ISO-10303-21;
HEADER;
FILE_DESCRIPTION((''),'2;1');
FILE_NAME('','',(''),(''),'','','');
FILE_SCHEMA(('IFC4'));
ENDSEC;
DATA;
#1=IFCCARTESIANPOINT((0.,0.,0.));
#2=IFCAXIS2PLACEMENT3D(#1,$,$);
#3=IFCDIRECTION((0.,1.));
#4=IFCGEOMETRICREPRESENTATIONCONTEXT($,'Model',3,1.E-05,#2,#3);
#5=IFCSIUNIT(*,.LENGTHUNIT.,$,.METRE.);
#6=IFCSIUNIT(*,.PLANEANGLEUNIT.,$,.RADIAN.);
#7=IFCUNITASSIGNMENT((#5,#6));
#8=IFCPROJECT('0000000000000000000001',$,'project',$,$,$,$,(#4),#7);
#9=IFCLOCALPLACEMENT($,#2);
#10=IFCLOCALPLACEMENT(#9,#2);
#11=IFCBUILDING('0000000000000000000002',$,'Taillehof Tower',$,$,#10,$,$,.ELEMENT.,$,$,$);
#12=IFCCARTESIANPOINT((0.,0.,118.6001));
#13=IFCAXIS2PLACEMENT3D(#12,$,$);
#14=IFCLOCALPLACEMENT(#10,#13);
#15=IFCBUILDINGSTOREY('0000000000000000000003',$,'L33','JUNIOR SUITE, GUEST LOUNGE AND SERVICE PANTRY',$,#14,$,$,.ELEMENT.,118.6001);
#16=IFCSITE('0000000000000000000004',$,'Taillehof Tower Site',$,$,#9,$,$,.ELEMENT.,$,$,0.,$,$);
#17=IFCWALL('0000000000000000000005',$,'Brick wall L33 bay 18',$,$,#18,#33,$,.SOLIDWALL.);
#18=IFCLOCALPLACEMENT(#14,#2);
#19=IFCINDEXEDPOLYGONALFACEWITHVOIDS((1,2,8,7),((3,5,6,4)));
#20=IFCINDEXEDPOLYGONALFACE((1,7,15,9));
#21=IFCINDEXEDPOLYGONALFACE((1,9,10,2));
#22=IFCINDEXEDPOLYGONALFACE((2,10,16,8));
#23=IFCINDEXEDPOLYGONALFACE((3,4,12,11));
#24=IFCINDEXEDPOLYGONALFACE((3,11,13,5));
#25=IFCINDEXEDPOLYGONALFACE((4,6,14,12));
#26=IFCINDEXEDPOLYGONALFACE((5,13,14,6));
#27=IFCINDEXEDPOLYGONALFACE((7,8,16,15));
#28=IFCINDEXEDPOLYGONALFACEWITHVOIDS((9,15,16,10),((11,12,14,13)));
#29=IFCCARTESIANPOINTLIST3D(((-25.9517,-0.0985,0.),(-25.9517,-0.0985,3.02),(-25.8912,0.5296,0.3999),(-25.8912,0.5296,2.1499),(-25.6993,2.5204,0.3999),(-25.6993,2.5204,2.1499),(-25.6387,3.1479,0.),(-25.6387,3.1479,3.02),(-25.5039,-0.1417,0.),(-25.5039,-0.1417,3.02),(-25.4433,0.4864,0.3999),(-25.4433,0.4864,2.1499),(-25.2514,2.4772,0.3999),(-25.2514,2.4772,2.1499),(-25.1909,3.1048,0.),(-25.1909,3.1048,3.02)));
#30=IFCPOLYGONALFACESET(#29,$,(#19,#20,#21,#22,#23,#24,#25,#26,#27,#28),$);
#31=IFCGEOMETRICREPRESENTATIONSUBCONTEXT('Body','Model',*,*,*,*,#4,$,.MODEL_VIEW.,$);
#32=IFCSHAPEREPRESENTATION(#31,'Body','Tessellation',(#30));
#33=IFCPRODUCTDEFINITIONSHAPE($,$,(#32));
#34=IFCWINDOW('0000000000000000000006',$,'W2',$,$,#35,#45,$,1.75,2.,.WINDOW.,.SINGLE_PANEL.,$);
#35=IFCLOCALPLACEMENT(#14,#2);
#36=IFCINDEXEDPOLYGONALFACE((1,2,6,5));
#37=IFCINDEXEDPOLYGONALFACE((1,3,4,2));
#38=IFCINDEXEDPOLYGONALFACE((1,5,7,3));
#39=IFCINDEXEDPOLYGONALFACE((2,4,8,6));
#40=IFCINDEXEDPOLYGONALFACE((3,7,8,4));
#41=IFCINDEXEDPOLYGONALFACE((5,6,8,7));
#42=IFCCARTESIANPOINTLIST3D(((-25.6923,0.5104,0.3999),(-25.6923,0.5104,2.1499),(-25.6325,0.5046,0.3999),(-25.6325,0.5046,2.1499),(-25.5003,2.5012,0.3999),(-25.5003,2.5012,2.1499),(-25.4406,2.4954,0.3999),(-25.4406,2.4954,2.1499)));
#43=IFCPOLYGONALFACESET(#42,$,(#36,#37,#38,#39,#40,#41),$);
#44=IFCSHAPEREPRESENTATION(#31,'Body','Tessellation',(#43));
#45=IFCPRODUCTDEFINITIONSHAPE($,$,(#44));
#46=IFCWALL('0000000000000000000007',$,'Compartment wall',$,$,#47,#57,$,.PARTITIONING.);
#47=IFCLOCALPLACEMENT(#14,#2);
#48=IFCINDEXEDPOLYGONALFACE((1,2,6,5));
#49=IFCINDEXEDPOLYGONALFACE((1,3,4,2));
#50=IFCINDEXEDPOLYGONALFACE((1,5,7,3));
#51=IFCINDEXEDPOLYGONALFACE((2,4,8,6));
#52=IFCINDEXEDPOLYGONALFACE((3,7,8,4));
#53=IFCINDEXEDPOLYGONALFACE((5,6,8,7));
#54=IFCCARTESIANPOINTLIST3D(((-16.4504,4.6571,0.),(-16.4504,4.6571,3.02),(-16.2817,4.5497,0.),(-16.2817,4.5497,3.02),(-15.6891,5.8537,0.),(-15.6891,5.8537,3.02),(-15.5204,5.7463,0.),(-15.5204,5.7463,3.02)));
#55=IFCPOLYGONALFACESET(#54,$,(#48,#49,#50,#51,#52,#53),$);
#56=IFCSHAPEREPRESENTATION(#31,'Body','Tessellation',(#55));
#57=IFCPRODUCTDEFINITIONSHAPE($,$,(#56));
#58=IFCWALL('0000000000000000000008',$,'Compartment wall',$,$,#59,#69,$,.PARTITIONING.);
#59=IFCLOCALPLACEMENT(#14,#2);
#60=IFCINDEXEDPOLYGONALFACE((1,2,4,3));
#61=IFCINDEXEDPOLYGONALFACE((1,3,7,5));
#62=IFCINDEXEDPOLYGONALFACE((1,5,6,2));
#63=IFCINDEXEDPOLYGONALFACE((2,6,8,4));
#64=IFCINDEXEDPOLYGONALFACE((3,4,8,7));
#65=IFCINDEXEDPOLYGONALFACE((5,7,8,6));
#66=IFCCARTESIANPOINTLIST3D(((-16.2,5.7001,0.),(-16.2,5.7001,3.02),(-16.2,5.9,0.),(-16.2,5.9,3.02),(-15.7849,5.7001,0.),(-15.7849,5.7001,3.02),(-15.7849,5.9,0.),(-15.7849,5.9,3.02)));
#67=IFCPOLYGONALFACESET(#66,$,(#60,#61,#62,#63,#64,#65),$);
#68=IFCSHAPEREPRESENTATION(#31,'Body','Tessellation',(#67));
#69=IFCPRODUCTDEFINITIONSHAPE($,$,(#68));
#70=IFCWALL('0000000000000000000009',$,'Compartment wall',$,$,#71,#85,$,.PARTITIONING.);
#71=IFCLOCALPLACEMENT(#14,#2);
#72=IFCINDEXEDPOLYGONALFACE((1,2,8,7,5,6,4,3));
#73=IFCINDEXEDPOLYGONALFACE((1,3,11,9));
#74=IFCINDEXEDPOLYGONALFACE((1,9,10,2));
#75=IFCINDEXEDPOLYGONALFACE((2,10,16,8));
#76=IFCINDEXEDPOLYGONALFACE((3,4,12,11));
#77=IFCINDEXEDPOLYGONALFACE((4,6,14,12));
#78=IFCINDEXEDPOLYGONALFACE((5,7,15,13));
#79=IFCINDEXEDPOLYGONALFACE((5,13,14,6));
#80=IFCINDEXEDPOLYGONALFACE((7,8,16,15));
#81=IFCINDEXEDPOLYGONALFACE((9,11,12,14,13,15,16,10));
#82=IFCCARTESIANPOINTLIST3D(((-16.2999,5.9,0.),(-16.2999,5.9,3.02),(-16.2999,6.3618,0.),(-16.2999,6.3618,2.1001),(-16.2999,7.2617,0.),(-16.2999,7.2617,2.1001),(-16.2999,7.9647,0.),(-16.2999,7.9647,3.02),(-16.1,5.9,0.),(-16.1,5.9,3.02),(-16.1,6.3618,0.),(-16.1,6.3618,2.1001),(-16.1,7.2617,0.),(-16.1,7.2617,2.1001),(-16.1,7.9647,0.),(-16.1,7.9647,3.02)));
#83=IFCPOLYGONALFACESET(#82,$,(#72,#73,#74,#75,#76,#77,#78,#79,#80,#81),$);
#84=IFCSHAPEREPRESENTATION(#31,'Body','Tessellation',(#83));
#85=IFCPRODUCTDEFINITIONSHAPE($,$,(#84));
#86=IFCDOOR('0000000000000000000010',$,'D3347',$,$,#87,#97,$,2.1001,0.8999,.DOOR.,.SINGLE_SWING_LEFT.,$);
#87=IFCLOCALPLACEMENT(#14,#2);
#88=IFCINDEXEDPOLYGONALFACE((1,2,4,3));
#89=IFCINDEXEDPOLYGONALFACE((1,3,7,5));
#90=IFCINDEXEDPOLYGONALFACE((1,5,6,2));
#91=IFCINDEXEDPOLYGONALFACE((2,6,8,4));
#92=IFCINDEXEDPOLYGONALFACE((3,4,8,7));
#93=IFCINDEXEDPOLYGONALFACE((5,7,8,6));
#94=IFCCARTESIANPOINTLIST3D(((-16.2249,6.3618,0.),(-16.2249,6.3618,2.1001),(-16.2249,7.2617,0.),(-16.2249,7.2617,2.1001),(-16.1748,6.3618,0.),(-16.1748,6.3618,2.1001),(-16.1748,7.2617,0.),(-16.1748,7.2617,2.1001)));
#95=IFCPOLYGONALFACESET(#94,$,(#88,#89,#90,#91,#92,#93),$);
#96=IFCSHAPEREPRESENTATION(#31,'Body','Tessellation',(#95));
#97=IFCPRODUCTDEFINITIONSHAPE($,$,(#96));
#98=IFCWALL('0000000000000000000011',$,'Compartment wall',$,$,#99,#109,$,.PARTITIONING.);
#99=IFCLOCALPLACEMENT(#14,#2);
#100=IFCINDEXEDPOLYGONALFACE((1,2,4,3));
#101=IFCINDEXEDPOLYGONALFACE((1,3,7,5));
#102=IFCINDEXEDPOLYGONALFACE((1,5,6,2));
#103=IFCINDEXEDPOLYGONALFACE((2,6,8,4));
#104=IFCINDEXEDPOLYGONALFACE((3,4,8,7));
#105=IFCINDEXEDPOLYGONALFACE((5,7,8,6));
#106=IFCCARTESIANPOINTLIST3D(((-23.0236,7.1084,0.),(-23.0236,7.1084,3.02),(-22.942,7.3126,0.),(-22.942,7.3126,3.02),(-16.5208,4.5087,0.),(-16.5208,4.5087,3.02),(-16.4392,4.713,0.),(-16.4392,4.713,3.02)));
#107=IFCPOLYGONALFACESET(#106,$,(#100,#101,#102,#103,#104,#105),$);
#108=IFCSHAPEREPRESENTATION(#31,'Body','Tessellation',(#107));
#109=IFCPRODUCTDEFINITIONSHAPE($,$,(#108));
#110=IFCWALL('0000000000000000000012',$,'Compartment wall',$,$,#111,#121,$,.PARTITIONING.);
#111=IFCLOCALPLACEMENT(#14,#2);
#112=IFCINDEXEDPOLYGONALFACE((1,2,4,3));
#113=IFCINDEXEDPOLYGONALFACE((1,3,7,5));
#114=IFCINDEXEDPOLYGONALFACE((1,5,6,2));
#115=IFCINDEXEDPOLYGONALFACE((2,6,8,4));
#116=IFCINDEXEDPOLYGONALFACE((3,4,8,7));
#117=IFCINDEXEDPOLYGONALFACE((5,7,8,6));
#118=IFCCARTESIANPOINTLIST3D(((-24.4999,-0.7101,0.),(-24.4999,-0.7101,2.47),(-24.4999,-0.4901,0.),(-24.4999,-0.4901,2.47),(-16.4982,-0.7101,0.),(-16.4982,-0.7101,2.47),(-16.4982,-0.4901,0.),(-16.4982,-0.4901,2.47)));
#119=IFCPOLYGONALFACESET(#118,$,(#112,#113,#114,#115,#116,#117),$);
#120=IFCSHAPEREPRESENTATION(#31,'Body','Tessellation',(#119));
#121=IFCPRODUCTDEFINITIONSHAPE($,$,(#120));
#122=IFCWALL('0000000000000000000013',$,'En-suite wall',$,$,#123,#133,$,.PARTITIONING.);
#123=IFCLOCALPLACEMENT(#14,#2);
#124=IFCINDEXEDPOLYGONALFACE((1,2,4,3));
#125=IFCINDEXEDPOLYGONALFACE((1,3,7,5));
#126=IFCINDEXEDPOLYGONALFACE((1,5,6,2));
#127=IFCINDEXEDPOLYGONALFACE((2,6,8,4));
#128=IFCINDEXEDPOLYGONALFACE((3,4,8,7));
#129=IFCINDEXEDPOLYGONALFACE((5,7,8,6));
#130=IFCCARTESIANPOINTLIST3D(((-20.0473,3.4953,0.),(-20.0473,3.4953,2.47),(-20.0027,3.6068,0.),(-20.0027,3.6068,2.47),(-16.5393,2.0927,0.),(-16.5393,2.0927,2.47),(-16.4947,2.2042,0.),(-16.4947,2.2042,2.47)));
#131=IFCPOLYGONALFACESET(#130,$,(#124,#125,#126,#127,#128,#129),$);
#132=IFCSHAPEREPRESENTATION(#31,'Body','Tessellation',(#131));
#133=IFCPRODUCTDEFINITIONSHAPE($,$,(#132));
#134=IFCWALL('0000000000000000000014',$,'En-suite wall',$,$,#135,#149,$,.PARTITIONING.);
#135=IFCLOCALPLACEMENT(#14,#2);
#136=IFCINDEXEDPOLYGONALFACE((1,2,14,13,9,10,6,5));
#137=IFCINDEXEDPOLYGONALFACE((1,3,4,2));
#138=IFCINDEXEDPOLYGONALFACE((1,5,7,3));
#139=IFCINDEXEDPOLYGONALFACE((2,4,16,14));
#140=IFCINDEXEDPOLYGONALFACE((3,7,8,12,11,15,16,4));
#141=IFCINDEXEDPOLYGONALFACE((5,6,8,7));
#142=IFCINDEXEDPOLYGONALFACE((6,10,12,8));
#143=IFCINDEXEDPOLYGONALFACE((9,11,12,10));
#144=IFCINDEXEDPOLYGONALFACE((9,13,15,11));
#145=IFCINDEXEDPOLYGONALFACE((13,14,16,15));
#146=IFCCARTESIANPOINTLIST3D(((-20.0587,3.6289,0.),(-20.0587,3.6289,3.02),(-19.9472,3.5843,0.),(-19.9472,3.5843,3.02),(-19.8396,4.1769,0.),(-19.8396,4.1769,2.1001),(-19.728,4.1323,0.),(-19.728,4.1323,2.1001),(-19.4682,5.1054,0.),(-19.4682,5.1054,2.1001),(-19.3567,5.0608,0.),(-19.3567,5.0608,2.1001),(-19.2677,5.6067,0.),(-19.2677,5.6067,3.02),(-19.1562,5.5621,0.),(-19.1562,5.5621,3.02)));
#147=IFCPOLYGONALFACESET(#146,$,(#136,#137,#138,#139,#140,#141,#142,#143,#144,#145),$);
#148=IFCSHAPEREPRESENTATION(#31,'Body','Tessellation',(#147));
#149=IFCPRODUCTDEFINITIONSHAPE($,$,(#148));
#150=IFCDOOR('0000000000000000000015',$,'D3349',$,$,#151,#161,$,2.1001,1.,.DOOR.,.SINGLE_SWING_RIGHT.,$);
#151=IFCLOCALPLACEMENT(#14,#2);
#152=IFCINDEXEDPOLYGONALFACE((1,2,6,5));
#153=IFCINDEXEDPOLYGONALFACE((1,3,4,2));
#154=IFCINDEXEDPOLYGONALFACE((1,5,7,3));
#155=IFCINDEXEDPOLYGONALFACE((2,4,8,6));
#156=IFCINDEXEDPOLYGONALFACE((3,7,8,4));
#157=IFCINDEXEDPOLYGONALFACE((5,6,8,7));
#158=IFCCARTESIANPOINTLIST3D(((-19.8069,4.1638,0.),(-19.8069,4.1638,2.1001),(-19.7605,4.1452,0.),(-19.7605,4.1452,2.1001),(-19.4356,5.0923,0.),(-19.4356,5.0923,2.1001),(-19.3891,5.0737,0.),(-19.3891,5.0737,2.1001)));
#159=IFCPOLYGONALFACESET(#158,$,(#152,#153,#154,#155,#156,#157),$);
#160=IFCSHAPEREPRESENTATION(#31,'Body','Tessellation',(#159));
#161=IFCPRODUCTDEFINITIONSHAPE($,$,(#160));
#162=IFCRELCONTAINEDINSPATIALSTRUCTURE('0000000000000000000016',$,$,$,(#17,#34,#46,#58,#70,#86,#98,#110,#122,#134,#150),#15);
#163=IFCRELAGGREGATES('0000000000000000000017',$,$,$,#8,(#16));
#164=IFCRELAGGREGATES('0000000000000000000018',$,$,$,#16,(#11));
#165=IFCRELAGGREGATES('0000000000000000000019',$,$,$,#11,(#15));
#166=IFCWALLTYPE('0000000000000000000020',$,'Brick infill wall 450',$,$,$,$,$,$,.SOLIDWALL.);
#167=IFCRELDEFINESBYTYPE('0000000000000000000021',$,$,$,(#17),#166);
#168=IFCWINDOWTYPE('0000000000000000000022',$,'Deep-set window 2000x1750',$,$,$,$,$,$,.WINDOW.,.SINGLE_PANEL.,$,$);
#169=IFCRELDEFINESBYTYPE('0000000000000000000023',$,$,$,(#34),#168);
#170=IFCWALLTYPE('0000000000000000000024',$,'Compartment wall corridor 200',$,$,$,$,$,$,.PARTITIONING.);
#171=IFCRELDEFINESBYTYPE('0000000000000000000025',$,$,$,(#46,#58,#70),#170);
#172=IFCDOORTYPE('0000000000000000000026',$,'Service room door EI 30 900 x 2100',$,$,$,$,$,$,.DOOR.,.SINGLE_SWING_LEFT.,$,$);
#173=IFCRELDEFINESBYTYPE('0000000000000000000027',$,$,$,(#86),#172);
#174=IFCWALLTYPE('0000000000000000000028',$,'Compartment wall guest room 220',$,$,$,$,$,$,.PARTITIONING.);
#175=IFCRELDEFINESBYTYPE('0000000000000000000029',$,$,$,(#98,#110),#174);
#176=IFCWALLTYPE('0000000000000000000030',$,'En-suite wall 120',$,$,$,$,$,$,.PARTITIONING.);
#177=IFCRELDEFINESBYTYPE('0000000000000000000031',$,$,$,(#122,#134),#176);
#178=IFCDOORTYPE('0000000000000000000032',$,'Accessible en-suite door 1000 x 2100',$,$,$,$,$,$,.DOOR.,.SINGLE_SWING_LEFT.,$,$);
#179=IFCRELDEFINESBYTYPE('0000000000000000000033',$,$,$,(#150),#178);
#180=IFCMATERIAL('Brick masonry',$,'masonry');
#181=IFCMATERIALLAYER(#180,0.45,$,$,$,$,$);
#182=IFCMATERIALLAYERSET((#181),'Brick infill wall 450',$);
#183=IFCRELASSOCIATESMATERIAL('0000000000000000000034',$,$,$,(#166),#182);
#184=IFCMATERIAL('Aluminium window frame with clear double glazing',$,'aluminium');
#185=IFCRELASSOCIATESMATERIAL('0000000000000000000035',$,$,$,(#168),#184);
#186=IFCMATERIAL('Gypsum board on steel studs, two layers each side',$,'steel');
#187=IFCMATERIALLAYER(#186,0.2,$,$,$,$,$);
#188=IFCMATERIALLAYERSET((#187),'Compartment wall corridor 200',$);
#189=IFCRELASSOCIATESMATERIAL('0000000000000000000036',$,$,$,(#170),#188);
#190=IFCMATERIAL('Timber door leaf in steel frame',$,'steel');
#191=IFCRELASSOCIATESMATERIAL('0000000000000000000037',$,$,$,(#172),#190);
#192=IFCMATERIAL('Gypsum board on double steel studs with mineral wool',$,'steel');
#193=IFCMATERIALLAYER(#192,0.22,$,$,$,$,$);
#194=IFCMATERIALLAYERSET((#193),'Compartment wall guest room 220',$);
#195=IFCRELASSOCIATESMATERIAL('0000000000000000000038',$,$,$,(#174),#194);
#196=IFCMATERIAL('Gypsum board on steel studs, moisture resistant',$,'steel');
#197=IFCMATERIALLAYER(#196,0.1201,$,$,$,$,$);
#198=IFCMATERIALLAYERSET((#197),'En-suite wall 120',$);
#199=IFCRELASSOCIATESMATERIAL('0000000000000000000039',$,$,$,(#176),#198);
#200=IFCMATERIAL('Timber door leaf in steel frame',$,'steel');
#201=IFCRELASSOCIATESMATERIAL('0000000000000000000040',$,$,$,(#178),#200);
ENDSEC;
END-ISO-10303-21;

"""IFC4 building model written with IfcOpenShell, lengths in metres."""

from ifc_helpers import new_model, si_unit, direction, frame, frame_2d, origin, place, context, subcontext, project, spatial, rectangle, extrude, material, layer, layer_set, type_object, element, fill, save


model = new_model("IFC4")

# Units and contexts
model_context = context("Model", 3, precision=1e-05, world=origin(), true_north=direction((0.0, 1.0)))
body_context = subcontext(model_context, "Body", "Model", "MODEL_VIEW")
ifc_project = project(units=[si_unit("LENGTHUNIT", "METRE"), si_unit("PLANEANGLEUNIT", "RADIAN")], contexts=[model_context])

# Site, building, storey
site_placement = place(None, origin())
site = spatial("IfcSite", under=ifc_project, at=site_placement, Name="Taillehof Tower Site", CompositionType="ELEMENT", RefElevation=0.0)
building_placement = place(site_placement, origin())
building = spatial("IfcBuilding", under=site, at=building_placement, Name="Taillehof Tower", CompositionType="ELEMENT")
storey_placement = place(building_placement, frame((0.0, 0.0, 118.6001)))
storey = spatial("IfcBuildingStorey", under=building, at=storey_placement, Name="L33", Description="JUNIOR SUITE, GUEST LOUNGE AND SERVICE PANTRY", CompositionType="ELEMENT", Elevation=118.6001)

# Wall, opening, window
ifc_material_1 = material(Name="Brick masonry", Category="masonry")
ifc_layer_1 = layer(ifc_material_1, 0.45)
ifc_layer_set_1 = layer_set([ifc_layer_1], Name="Brick infill wall 450")
wall_type_1 = type_object("IfcWallType", Name="Brick infill wall 450", PredefinedType="SOLIDWALL", material=ifc_layer_set_1)
ifc_material_2 = material(Name="Aluminium window frame with clear double glazing", Category="aluminium")
window_type = type_object("IfcWindowType", Name="Deep-set window 2000x1750", PartitioningType="SINGLE_PANEL", PredefinedType="WINDOW", material=ifc_material_2)
wall_1_placement = place(storey_placement, frame((-25.4148, 3.1265, 0.0), z_axis=(0.0, 0.0, 1.0), x_axis=(-0.095968, -0.995384, 0.0)))
wall_1 = element("IfcWall", 1, at=wall_1_placement, inside=storey, type_object=wall_type_1, Name="Brick wall L33 bay 18", PredefinedType="SOLIDWALL", context=body_context, shape_type="SweptSolid", body=[
    extrude(rectangle(XDim=3.2615, YDim=0.45, at=frame_2d((1.6309, 0.0))), origin(), (0.0, 0.0, 1.0), 3.02),
])
opening_1_placement = place(wall_1_placement, frame((0.6306, 0.0, 0.3999)))
opening_1 = element("IfcOpeningElement", 2, at=opening_1_placement, cuts=wall_1, PredefinedType="OPENING", context=body_context, shape_type="SweptSolid", body=[
    extrude(rectangle(XDim=2.0, YDim=1.75, at=frame_2d((1.0, 0.875))), frame((0.0, 0.2349, 0.0), z_axis=(0.0, -1.0, 0.0), x_axis=(1.0, 0.0, 0.0)), (0.0, 0.0, 1.0), 0.47),
])
window_1_placement = place(opening_1_placement, origin())
window_1 = element("IfcWindow", 3, at=window_1_placement, inside=storey, type_object=window_type, Name="W2", OverallHeight=1.75, OverallWidth=2.0, PartitioningType="SINGLE_PANEL", PredefinedType="WINDOW", context=body_context, shape_type="SweptSolid", body=[
    extrude(rectangle(XDim=2.0, YDim=1.75, at=frame_2d((1.0, 0.875))), frame((0.0, 0.0349, 0.0), z_axis=(0.0, -1.0, 0.0), x_axis=(1.0, 0.0, 0.0)), (0.0, 0.0, 1.0), 0.0601),
])
fill(opening_1, window_1)

# Walls
ifc_material_3 = material(Name="Gypsum board on steel studs, two layers each side", Category="steel")
ifc_layer_2 = layer(ifc_material_3, 0.2)
ifc_layer_set_2 = layer_set([ifc_layer_2], Name="Compartment wall corridor 200")
wall_type_2 = type_object("IfcWallType", Name="Compartment wall corridor 200", PredefinedType="PARTITIONING", material=ifc_layer_set_2)
wall_2_placement = place(storey_placement, frame((-16.366, 4.6035, 0.0), z_axis=(0.0, 0.0, 1.0), x_axis=(0.536775, 0.843725, 0.0)))
element("IfcWall", 4, at=wall_2_placement, inside=storey, type_object=wall_type_2, Name="Compartment wall", PredefinedType="PARTITIONING", context=body_context, shape_type="SweptSolid", body=[
    extrude(rectangle(XDim=1.4182, YDim=0.2, at=frame_2d((0.709, 0.0))), origin(), (0.0, 0.0, 1.0), 3.02),
])
wall_3_placement = place(storey_placement, frame((-15.7849, 5.8, 0.0), z_axis=(0.0, 0.0, 1.0), x_axis=(-1.0, 0.0, 0.0)))
element("IfcWall", 5, at=wall_3_placement, inside=storey, type_object=wall_type_2, Name="Compartment wall", PredefinedType="PARTITIONING", context=body_context, shape_type="SweptSolid", body=[
    extrude(rectangle(XDim=0.415, YDim=0.2, at=frame_2d((0.2075, 0.0))), origin(), (0.0, 0.0, 1.0), 3.02),
])

# Wall, opening, door
wall_4_placement = place(storey_placement, frame((-16.2, 5.9001, 0.0), z_axis=(0.0, 0.0, 1.0), x_axis=(0.0, 1.0, 0.0)))
wall_4 = element("IfcWall", 6, at=wall_4_placement, inside=storey, type_object=wall_type_2, Name="Compartment wall", PredefinedType="PARTITIONING", context=body_context, shape_type="SweptSolid", body=[
    extrude(rectangle(XDim=2.0647, YDim=0.2, at=frame_2d((1.0322, 0.0))), origin(), (0.0, 0.0, 1.0), 3.02),
])
opening_2_placement = place(wall_4_placement, frame((0.4617, 0.0, 0.0)))
opening_2 = element("IfcOpeningElement", 7, at=opening_2_placement, cuts=wall_4, PredefinedType="OPENING", context=body_context, shape_type="SweptSolid", body=[
    extrude(rectangle(XDim=0.8999, YDim=2.1001, at=frame_2d((0.45, 1.05))), frame((0.0, 0.1099, 0.0), z_axis=(0.0, -1.0, 0.0), x_axis=(1.0, 0.0, 0.0)), (0.0, 0.0, 1.0), 0.22),
])
ifc_material_4 = material(Name="Timber door leaf in steel frame", Category="steel")
door_type_1 = type_object("IfcDoorType", Name="Service room door EI 30 900 x 2100", OperationType="SINGLE_SWING_LEFT", PredefinedType="DOOR", material=ifc_material_4)
door_1_placement = place(opening_2_placement, origin())
door_1 = element("IfcDoor", 8, at=door_1_placement, inside=storey, type_object=door_type_1, Name="D3347", OperationType="SINGLE_SWING_LEFT", OverallHeight=2.1001, OverallWidth=0.8999, PredefinedType="DOOR", context=body_context, shape_type="SweptSolid", body=[
    extrude(rectangle(XDim=0.8999, YDim=2.1001, at=frame_2d((0.45, 1.05))), frame((0.0, 0.0249, 0.0), z_axis=(0.0, -1.0, 0.0), x_axis=(1.0, 0.0, 0.0)), (0.0, 0.0, 1.0), 0.05),
])
fill(opening_2, door_1)

# Walls
ifc_material_5 = material(Name="Gypsum board on double steel studs with mineral wool", Category="steel")
ifc_layer_3 = layer(ifc_material_5, 0.22)
ifc_layer_set_3 = layer_set([ifc_layer_3], Name="Compartment wall guest room 220")
wall_type_3 = type_object("IfcWallType", Name="Compartment wall guest room 220", PredefinedType="PARTITIONING", material=ifc_layer_set_3)
wall_5_placement = place(storey_placement, frame((-22.9827, 7.2104, 0.0), z_axis=(0.0, 0.0, 1.0), x_axis=(0.928549, -0.37121, 0.0)))
element("IfcWall", 9, at=wall_5_placement, inside=storey, type_object=wall_type_3, Name="Compartment wall", PredefinedType="PARTITIONING", context=body_context, shape_type="SweptSolid", body=[
    extrude(rectangle(XDim=7.0032, YDim=0.22, at=frame_2d((3.5015, 0.0))), origin(), (0.0, 0.0, 1.0), 3.02),
])
wall_6_placement = place(storey_placement, frame((-24.5, -0.6001, 0.0), z_axis=(0.0, 0.0, 1.0), x_axis=(1.0, 0.0, 0.0)))
element("IfcWall", 10, at=wall_6_placement, inside=storey, type_object=wall_type_3, Name="Compartment wall", PredefinedType="PARTITIONING", context=body_context, shape_type="SweptSolid", body=[
    extrude(rectangle(XDim=8.0017, YDim=0.22, at=frame_2d((4.001, 0.0))), origin(), (0.0, 0.0, 1.0), 2.47),
])
ifc_material_6 = material(Name="Gypsum board on steel studs, moisture resistant", Category="steel")
ifc_layer_4 = layer(ifc_material_6, 0.1201)
ifc_layer_set_4 = layer_set([ifc_layer_4], Name="En-suite wall 120")
wall_type_4 = type_object("IfcWallType", Name="En-suite wall 120", PredefinedType="PARTITIONING", material=ifc_layer_set_4)
wall_7_placement = place(storey_placement, frame((-16.5168, 2.1484, 0.0), z_axis=(0.0, 0.0, 1.0), x_axis=(-0.928535, 0.371246, 0.0)))
element("IfcWall", 11, at=wall_7_placement, inside=storey, type_object=wall_type_4, Name="En-suite wall", PredefinedType="PARTITIONING", context=body_context, shape_type="SweptSolid", body=[
    extrude(rectangle(XDim=3.7781, YDim=0.1201, at=frame_2d((1.8892, 0.0))), origin(), (0.0, 0.0, 1.0), 2.47),
])

# Wall, opening, door
wall_8_placement = place(storey_placement, frame((-20.0029, 3.6067, 0.0), z_axis=(0.0, 0.0, 1.0), x_axis=(0.371351, 0.928492, 0.0)))
wall_8 = element("IfcWall", 12, at=wall_8_placement, inside=storey, type_object=wall_type_4, Name="En-suite wall", PredefinedType="PARTITIONING", context=body_context, shape_type="SweptSolid", body=[
    extrude(rectangle(XDim=2.1301, YDim=0.1201, at=frame_2d((1.0649, 0.0))), origin(), (0.0, 0.0, 1.0), 3.02),
])
opening_3_placement = place(wall_8_placement, frame((0.5901, 0.0, 0.0)))
opening_3 = element("IfcOpeningElement", 13, at=opening_3_placement, cuts=wall_8, PredefinedType="OPENING", context=body_context, shape_type="SweptSolid", body=[
    extrude(rectangle(XDim=1.0, YDim=2.1001, at=frame_2d((0.5, 1.05))), frame((0.0, 0.0701, 0.0), z_axis=(0.0, -1.0, 0.0), x_axis=(1.0, 0.0, 0.0)), (0.0, 0.0, 1.0), 0.1401),
])
ifc_material_7 = material(Name="Timber door leaf in steel frame", Category="steel")
door_type_2 = type_object("IfcDoorType", Name="Accessible en-suite door 1000 x 2100", OperationType="SINGLE_SWING_LEFT", PredefinedType="DOOR", material=ifc_material_7)
door_2_placement = place(opening_3_placement, origin())
door_2 = element("IfcDoor", 14, at=door_2_placement, inside=storey, type_object=door_type_2, Name="D3349", OperationType="SINGLE_SWING_RIGHT", OverallHeight=2.1001, OverallWidth=1.0, PredefinedType="DOOR", context=body_context, shape_type="SweptSolid", body=[
    extrude(rectangle(XDim=1.0, YDim=2.1001, at=frame_2d((0.5, 1.05))), frame((0.0, 0.0249, 0.0), z_axis=(0.0, -1.0, 0.0), x_axis=(1.0, 0.0, 0.0)), (0.0, 0.0, 1.0), 0.05),
])
fill(opening_3, door_2)

save(model, "model.ifc")
